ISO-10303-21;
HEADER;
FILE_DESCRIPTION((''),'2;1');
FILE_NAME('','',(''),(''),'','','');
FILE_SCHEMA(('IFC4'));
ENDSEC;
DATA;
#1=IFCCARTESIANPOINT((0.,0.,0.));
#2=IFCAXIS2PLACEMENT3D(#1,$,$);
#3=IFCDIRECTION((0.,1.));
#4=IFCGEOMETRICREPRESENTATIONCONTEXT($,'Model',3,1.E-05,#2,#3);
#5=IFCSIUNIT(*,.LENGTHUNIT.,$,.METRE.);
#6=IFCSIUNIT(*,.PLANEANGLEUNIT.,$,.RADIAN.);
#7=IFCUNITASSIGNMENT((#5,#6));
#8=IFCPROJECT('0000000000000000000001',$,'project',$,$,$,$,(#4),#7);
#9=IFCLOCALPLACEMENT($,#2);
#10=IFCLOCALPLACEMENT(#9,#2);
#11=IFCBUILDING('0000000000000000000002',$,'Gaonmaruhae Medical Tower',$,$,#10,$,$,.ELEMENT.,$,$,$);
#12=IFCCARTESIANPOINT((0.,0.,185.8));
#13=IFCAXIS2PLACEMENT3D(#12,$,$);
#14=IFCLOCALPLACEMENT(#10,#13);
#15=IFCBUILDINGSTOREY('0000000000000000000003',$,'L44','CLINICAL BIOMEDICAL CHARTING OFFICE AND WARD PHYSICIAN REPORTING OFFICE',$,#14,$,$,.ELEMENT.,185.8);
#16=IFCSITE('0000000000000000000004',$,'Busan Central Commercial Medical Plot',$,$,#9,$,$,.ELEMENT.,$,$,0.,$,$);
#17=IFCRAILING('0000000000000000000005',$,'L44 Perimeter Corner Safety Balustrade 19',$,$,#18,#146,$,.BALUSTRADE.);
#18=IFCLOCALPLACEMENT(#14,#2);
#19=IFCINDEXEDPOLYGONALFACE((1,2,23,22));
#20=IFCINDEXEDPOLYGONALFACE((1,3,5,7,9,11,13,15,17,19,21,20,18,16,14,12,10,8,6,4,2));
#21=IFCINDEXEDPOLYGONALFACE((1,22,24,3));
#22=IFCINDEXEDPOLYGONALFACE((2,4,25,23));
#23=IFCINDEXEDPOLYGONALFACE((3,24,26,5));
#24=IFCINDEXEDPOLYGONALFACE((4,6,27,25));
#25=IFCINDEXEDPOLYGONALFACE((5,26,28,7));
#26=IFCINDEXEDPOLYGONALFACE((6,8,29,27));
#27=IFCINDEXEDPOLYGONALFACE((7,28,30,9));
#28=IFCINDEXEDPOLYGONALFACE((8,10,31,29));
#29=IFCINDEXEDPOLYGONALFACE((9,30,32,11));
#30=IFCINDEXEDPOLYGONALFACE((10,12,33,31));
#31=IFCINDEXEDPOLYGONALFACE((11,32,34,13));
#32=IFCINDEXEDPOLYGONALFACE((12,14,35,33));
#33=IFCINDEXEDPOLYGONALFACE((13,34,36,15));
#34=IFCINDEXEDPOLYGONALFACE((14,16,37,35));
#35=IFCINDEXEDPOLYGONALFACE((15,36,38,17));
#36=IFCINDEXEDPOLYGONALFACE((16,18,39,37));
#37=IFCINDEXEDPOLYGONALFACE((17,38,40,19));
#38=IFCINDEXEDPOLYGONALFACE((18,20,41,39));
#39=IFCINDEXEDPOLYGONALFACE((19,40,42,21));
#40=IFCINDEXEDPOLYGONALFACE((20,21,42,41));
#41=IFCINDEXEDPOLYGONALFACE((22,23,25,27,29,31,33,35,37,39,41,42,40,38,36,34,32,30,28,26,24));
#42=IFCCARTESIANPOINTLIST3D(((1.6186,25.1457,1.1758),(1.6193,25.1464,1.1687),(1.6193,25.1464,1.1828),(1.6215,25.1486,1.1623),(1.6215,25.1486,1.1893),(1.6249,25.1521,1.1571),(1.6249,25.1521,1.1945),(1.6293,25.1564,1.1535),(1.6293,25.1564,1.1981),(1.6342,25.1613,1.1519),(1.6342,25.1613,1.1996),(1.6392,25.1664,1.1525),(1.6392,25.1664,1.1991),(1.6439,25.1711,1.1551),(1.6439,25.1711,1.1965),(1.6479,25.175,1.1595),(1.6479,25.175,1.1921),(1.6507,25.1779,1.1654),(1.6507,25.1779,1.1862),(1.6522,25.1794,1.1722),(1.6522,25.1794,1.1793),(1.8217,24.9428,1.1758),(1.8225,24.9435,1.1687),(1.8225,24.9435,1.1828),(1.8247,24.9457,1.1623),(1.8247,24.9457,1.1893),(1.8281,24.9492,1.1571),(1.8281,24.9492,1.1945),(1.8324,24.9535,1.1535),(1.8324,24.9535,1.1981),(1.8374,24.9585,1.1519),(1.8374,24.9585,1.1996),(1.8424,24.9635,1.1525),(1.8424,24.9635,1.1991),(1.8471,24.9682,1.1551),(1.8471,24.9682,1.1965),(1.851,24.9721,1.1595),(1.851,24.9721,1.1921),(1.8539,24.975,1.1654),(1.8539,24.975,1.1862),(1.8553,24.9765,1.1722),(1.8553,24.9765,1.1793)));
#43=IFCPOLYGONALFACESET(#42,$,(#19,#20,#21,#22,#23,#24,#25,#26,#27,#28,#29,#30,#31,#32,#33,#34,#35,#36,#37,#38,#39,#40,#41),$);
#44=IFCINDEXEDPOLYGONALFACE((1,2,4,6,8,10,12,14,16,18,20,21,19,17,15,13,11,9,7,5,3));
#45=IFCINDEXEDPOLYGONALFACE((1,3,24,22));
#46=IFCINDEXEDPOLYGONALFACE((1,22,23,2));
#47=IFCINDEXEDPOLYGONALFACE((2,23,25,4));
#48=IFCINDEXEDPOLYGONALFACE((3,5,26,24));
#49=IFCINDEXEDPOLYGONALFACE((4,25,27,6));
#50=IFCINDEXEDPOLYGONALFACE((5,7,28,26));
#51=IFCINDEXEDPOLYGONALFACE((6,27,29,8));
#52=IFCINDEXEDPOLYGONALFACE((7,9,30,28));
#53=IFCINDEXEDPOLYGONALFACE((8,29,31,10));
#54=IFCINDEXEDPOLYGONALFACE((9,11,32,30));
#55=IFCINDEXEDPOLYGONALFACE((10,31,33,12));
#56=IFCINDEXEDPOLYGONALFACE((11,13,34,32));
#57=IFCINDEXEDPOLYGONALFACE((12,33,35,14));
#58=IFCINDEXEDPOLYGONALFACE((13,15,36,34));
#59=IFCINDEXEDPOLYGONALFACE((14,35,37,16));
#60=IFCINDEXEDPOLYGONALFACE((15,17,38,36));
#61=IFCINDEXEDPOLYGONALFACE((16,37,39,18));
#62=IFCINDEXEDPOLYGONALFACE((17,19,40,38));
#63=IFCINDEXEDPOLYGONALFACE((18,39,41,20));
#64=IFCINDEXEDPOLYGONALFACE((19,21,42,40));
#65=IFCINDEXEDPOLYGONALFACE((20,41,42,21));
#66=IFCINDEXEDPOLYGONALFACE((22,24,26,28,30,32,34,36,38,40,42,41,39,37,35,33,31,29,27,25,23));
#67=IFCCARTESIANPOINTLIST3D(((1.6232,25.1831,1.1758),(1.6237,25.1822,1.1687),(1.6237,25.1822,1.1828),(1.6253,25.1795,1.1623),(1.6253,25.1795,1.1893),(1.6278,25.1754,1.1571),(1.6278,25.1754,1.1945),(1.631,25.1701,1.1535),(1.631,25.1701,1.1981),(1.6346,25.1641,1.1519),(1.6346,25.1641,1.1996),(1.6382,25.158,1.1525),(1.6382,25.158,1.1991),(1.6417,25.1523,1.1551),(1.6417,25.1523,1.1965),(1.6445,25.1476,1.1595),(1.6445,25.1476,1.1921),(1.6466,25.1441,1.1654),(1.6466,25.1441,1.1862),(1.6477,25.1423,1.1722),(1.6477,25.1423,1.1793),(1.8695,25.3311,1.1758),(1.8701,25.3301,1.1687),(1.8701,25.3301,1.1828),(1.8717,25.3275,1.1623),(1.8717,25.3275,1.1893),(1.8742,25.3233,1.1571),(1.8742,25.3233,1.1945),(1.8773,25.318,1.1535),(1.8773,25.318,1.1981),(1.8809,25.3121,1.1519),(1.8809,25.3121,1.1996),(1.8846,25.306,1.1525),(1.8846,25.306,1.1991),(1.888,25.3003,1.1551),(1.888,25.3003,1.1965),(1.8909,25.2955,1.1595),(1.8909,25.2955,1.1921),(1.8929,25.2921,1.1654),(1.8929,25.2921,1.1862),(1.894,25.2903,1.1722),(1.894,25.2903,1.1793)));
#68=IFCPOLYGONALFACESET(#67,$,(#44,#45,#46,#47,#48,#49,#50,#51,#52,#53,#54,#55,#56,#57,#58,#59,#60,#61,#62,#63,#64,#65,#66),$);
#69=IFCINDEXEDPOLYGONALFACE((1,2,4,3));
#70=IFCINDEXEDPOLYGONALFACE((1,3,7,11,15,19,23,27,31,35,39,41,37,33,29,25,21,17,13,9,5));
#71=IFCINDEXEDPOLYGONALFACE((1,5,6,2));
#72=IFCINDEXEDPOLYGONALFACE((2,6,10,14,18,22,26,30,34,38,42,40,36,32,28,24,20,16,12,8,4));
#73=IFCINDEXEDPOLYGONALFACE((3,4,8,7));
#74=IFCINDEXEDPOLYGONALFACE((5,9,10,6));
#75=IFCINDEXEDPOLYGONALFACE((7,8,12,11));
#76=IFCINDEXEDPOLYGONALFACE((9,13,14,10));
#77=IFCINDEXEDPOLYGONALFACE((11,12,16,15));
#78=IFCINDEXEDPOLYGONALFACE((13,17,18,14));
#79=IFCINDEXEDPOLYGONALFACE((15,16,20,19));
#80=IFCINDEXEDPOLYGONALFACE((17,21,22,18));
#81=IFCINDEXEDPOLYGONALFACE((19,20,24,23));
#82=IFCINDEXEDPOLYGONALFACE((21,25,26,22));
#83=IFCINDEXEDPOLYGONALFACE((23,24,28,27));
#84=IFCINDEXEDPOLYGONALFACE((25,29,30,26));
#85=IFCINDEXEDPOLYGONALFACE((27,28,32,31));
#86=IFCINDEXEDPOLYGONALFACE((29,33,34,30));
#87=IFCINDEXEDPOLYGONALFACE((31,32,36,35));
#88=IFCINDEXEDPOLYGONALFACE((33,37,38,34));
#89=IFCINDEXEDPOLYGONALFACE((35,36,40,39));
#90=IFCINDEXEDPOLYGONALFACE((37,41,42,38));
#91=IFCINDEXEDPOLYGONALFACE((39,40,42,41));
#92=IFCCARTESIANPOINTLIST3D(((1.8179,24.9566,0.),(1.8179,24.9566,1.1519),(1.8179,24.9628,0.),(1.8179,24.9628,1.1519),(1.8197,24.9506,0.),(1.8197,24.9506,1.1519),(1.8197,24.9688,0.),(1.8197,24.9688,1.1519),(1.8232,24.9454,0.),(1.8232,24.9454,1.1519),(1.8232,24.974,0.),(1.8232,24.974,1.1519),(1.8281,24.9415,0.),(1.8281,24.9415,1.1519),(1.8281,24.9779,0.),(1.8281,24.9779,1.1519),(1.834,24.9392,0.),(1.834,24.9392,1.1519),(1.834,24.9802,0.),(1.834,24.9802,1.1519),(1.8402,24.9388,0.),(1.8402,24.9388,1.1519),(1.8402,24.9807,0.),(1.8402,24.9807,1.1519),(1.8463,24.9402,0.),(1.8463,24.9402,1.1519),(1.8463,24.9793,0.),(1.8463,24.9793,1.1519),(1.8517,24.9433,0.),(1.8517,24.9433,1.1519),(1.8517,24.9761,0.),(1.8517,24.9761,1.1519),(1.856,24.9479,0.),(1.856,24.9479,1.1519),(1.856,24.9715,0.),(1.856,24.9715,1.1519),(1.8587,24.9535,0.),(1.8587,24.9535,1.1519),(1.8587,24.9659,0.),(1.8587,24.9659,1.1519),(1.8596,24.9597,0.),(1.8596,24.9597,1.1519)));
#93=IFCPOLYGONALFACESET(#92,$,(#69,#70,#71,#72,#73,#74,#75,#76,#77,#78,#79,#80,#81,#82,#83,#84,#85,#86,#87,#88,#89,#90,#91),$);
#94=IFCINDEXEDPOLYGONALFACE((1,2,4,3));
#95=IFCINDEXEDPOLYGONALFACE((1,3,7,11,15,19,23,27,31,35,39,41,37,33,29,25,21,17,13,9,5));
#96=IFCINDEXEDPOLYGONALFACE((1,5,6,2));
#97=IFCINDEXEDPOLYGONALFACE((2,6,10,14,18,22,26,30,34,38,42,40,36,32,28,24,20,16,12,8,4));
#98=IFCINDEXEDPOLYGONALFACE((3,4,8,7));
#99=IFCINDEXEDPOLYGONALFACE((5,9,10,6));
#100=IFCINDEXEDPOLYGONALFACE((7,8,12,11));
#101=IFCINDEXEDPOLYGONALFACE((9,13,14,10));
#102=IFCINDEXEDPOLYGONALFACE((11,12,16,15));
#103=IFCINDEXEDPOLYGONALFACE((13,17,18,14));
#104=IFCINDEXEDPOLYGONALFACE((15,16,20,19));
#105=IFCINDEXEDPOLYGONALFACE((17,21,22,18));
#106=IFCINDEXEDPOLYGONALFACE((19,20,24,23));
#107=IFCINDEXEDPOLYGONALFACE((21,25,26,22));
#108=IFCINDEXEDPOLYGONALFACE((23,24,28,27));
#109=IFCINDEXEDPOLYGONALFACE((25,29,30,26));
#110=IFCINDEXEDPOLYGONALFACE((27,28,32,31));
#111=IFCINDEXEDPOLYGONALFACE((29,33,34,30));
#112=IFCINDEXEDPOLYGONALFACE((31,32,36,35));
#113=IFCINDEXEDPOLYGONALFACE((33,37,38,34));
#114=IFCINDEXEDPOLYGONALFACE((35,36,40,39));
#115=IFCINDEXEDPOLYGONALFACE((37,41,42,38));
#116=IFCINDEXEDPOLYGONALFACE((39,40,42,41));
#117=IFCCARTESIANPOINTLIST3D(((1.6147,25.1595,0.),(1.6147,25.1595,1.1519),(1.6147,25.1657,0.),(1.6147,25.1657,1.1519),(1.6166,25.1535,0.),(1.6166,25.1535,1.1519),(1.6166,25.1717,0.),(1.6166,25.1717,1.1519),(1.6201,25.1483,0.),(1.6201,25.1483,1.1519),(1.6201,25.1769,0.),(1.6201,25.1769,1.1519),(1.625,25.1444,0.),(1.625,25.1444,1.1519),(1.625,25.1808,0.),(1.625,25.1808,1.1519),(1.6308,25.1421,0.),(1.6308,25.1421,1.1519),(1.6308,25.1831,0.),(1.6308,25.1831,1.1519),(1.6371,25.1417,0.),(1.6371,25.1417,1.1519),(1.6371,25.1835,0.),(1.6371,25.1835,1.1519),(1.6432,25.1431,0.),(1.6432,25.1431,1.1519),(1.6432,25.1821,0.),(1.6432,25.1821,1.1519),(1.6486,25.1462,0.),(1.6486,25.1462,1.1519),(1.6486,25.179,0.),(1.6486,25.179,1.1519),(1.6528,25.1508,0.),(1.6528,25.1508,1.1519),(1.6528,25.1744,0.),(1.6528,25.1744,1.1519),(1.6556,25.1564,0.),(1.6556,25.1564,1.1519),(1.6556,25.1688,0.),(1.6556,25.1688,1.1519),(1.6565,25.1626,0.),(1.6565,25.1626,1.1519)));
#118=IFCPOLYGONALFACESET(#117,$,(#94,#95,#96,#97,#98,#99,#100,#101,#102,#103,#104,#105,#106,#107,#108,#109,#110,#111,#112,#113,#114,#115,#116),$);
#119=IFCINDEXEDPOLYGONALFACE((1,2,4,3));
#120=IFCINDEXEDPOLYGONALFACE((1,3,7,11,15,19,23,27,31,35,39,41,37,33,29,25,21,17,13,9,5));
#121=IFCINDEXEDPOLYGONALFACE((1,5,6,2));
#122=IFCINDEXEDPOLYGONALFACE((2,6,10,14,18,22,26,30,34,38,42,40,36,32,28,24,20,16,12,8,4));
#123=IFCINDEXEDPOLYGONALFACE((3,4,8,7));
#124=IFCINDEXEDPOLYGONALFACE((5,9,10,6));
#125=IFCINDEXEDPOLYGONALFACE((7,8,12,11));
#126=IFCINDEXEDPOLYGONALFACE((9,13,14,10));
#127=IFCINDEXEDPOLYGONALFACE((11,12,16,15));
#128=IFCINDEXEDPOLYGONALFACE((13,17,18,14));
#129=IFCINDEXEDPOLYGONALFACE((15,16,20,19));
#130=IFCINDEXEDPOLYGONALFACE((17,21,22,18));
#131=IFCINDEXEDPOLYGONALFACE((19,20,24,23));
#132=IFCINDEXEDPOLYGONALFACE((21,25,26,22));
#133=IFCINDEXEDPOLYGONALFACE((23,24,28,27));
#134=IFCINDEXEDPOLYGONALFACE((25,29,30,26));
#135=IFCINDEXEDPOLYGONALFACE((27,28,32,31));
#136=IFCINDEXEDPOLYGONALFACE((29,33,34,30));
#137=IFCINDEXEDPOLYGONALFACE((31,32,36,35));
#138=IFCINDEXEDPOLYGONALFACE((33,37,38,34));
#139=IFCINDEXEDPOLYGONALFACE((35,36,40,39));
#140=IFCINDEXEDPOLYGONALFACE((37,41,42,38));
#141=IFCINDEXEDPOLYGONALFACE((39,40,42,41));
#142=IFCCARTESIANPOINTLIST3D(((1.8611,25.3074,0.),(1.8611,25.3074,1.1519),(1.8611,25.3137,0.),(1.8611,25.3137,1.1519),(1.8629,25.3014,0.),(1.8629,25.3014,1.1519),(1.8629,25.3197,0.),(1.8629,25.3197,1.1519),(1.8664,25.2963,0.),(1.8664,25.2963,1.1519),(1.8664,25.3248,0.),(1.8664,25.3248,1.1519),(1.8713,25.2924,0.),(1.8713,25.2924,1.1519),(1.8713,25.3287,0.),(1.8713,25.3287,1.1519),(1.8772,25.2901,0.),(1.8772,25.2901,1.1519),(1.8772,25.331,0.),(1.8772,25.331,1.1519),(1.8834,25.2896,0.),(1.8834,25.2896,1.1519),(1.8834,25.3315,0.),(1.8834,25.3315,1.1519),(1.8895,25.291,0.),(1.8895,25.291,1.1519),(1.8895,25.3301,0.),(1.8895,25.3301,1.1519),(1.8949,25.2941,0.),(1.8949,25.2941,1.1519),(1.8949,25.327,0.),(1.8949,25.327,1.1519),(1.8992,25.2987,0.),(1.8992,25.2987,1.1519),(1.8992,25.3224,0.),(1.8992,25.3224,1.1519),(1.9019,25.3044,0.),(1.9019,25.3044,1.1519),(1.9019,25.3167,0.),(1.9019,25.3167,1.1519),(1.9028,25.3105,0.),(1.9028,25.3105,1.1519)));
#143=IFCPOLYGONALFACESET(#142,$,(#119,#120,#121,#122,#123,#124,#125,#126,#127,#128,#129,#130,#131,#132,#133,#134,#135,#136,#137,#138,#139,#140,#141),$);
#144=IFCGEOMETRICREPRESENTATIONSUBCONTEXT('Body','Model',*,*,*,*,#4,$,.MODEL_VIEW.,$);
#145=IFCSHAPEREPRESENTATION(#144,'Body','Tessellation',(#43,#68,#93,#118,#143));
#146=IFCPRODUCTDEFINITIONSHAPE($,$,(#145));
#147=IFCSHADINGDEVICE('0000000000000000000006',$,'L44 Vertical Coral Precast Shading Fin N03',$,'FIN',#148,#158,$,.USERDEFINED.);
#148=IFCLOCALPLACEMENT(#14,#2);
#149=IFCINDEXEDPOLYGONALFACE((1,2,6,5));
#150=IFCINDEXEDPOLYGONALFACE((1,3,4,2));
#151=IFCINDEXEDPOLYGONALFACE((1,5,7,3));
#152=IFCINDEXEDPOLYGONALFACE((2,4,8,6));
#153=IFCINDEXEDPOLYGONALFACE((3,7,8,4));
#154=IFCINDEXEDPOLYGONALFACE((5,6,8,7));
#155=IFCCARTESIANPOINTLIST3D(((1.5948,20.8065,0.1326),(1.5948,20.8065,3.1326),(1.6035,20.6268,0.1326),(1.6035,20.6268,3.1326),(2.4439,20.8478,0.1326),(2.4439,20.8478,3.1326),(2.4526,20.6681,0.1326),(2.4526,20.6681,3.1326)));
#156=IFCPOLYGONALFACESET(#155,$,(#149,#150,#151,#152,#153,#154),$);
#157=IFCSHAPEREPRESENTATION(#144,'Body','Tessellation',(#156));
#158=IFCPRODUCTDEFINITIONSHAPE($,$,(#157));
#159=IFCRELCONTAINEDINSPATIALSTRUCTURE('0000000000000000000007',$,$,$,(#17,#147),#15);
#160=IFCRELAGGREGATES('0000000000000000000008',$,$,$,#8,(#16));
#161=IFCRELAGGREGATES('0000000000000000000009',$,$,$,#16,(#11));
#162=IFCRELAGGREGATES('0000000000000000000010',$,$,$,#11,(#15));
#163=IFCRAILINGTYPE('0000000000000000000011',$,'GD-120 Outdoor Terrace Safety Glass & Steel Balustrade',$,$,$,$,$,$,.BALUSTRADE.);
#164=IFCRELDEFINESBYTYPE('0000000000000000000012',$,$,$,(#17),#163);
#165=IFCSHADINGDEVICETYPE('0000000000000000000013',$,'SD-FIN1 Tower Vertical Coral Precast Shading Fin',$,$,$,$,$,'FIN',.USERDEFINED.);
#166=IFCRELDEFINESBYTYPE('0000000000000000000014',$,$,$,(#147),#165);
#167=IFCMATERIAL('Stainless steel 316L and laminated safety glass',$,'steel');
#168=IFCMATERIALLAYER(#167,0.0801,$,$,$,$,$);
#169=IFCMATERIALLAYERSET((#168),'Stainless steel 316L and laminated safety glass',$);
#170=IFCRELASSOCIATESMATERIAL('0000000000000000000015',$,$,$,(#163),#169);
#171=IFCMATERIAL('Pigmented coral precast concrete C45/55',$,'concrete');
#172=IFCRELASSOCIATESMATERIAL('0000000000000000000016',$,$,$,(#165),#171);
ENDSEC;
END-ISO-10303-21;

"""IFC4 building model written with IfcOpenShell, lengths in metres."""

from ifc_helpers import new_model, si_unit, direction, frame, origin, origin_2d, place, context, subcontext, project, spatial, rectangle, circle, extrude, material, layer, layer_set, type_object, element, save


model = new_model("IFC4")

# Units and contexts
model_context = context("Model", 3, precision=1e-05, world=origin(), true_north=direction((0.0, 1.0)))
body_context = subcontext(model_context, "Body", "Model", "MODEL_VIEW")
ifc_project = project(units=[si_unit("LENGTHUNIT", "METRE"), si_unit("PLANEANGLEUNIT", "RADIAN")], contexts=[model_context])

# Site, building, storey
site_placement = place(None, origin())
site = spatial("IfcSite", under=ifc_project, at=site_placement, Name="Busan Central Commercial Medical Plot", CompositionType="ELEMENT", RefElevation=0.0)
building_placement = place(site_placement, origin())
building = spatial("IfcBuilding", under=site, at=building_placement, Name="Gaonmaruhae Medical Tower", CompositionType="ELEMENT")
storey_placement = place(building_placement, frame((0.0, 0.0, 185.8)))
storey = spatial("IfcBuildingStorey", under=building, at=storey_placement, Name="L44", Description="CLINICAL BIOMEDICAL CHARTING OFFICE AND WARD PHYSICIAN REPORTING OFFICE", CompositionType="ELEMENT", Elevation=185.8)

# Railing
ifc_material_1 = material(Name="Stainless steel 316L and laminated safety glass", Category="steel")
ifc_layer_1 = layer(ifc_material_1, 0.0801)
ifc_layer_set_1 = layer_set([ifc_layer_1], Name="Stainless steel 316L and laminated safety glass")
railing_type = type_object("IfcRailingType", Name="GD-120 Outdoor Terrace Safety Glass & Steel Balustrade", PredefinedType="BALUSTRADE", material=ifc_layer_set_1)
railing_1_placement = place(storey_placement, frame((1.8386, 24.9597, 0.0)))
element("IfcRailing", 1, at=railing_1_placement, inside=storey, type_object=railing_type, Name="L44 Perimeter Corner Safety Balustrade 19", PredefinedType="BALUSTRADE", context=body_context, shape_type="SweptSolid", body=[
    extrude(circle(Radius=0.0239, at=origin_2d()), frame((0.0, 0.0, 1.1758), z_axis=(-0.707532, 0.706681, 0.0), x_axis=(-0.706681, -0.707532, 0.0)), (0.0, 0.0, 1.0), 0.2871),
    extrude(circle(Radius=0.0239, at=origin_2d()), frame((-0.2031, 0.2029, 1.1758), z_axis=(0.857268, 0.514871, 0.0), x_axis=(-0.514871, 0.857268, 0.0)), (0.0, 0.0, 1.0), 0.2874),
    extrude(circle(Radius=0.021, at=origin_2d()), origin(), (0.0, 0.0, 1.0), 1.1519),
    extrude(circle(Radius=0.021, at=origin_2d()), frame((-0.2031, 0.2029, 0.0)), (0.0, 0.0, 1.0), 1.1519),
    extrude(circle(Radius=0.021, at=origin_2d()), frame((0.0432, 0.3508, 0.0)), (0.0, 0.0, 1.0), 1.1519),
])

# Shading device
ifc_material_2 = material(Name="Pigmented coral precast concrete C45/55", Category="concrete")
shading_device_type = type_object("IfcShadingDeviceType", Name="SD-FIN1 Tower Vertical Coral Precast Shading Fin", ElementType="FIN", PredefinedType="USERDEFINED", material=ifc_material_2)
shading_device_placement = place(storey_placement, frame((2.0237, 20.7373, 0.1326), z_axis=(0.0, 0.0, 1.0), x_axis=(-0.048519, 0.998822, 0.0)))
element("IfcShadingDevice", 2, at=shading_device_placement, inside=storey, type_object=shading_device_type, Name="L44 Vertical Coral Precast Shading Fin N03", ObjectType="FIN", PredefinedType="USERDEFINED", context=body_context, shape_type="SweptSolid", body=[
    extrude(rectangle(XDim=0.1799, YDim=0.8501, at=origin_2d()), origin(), (0.0, 0.0, 1.0), 3.0),
])

save(model, "model.ifc")
